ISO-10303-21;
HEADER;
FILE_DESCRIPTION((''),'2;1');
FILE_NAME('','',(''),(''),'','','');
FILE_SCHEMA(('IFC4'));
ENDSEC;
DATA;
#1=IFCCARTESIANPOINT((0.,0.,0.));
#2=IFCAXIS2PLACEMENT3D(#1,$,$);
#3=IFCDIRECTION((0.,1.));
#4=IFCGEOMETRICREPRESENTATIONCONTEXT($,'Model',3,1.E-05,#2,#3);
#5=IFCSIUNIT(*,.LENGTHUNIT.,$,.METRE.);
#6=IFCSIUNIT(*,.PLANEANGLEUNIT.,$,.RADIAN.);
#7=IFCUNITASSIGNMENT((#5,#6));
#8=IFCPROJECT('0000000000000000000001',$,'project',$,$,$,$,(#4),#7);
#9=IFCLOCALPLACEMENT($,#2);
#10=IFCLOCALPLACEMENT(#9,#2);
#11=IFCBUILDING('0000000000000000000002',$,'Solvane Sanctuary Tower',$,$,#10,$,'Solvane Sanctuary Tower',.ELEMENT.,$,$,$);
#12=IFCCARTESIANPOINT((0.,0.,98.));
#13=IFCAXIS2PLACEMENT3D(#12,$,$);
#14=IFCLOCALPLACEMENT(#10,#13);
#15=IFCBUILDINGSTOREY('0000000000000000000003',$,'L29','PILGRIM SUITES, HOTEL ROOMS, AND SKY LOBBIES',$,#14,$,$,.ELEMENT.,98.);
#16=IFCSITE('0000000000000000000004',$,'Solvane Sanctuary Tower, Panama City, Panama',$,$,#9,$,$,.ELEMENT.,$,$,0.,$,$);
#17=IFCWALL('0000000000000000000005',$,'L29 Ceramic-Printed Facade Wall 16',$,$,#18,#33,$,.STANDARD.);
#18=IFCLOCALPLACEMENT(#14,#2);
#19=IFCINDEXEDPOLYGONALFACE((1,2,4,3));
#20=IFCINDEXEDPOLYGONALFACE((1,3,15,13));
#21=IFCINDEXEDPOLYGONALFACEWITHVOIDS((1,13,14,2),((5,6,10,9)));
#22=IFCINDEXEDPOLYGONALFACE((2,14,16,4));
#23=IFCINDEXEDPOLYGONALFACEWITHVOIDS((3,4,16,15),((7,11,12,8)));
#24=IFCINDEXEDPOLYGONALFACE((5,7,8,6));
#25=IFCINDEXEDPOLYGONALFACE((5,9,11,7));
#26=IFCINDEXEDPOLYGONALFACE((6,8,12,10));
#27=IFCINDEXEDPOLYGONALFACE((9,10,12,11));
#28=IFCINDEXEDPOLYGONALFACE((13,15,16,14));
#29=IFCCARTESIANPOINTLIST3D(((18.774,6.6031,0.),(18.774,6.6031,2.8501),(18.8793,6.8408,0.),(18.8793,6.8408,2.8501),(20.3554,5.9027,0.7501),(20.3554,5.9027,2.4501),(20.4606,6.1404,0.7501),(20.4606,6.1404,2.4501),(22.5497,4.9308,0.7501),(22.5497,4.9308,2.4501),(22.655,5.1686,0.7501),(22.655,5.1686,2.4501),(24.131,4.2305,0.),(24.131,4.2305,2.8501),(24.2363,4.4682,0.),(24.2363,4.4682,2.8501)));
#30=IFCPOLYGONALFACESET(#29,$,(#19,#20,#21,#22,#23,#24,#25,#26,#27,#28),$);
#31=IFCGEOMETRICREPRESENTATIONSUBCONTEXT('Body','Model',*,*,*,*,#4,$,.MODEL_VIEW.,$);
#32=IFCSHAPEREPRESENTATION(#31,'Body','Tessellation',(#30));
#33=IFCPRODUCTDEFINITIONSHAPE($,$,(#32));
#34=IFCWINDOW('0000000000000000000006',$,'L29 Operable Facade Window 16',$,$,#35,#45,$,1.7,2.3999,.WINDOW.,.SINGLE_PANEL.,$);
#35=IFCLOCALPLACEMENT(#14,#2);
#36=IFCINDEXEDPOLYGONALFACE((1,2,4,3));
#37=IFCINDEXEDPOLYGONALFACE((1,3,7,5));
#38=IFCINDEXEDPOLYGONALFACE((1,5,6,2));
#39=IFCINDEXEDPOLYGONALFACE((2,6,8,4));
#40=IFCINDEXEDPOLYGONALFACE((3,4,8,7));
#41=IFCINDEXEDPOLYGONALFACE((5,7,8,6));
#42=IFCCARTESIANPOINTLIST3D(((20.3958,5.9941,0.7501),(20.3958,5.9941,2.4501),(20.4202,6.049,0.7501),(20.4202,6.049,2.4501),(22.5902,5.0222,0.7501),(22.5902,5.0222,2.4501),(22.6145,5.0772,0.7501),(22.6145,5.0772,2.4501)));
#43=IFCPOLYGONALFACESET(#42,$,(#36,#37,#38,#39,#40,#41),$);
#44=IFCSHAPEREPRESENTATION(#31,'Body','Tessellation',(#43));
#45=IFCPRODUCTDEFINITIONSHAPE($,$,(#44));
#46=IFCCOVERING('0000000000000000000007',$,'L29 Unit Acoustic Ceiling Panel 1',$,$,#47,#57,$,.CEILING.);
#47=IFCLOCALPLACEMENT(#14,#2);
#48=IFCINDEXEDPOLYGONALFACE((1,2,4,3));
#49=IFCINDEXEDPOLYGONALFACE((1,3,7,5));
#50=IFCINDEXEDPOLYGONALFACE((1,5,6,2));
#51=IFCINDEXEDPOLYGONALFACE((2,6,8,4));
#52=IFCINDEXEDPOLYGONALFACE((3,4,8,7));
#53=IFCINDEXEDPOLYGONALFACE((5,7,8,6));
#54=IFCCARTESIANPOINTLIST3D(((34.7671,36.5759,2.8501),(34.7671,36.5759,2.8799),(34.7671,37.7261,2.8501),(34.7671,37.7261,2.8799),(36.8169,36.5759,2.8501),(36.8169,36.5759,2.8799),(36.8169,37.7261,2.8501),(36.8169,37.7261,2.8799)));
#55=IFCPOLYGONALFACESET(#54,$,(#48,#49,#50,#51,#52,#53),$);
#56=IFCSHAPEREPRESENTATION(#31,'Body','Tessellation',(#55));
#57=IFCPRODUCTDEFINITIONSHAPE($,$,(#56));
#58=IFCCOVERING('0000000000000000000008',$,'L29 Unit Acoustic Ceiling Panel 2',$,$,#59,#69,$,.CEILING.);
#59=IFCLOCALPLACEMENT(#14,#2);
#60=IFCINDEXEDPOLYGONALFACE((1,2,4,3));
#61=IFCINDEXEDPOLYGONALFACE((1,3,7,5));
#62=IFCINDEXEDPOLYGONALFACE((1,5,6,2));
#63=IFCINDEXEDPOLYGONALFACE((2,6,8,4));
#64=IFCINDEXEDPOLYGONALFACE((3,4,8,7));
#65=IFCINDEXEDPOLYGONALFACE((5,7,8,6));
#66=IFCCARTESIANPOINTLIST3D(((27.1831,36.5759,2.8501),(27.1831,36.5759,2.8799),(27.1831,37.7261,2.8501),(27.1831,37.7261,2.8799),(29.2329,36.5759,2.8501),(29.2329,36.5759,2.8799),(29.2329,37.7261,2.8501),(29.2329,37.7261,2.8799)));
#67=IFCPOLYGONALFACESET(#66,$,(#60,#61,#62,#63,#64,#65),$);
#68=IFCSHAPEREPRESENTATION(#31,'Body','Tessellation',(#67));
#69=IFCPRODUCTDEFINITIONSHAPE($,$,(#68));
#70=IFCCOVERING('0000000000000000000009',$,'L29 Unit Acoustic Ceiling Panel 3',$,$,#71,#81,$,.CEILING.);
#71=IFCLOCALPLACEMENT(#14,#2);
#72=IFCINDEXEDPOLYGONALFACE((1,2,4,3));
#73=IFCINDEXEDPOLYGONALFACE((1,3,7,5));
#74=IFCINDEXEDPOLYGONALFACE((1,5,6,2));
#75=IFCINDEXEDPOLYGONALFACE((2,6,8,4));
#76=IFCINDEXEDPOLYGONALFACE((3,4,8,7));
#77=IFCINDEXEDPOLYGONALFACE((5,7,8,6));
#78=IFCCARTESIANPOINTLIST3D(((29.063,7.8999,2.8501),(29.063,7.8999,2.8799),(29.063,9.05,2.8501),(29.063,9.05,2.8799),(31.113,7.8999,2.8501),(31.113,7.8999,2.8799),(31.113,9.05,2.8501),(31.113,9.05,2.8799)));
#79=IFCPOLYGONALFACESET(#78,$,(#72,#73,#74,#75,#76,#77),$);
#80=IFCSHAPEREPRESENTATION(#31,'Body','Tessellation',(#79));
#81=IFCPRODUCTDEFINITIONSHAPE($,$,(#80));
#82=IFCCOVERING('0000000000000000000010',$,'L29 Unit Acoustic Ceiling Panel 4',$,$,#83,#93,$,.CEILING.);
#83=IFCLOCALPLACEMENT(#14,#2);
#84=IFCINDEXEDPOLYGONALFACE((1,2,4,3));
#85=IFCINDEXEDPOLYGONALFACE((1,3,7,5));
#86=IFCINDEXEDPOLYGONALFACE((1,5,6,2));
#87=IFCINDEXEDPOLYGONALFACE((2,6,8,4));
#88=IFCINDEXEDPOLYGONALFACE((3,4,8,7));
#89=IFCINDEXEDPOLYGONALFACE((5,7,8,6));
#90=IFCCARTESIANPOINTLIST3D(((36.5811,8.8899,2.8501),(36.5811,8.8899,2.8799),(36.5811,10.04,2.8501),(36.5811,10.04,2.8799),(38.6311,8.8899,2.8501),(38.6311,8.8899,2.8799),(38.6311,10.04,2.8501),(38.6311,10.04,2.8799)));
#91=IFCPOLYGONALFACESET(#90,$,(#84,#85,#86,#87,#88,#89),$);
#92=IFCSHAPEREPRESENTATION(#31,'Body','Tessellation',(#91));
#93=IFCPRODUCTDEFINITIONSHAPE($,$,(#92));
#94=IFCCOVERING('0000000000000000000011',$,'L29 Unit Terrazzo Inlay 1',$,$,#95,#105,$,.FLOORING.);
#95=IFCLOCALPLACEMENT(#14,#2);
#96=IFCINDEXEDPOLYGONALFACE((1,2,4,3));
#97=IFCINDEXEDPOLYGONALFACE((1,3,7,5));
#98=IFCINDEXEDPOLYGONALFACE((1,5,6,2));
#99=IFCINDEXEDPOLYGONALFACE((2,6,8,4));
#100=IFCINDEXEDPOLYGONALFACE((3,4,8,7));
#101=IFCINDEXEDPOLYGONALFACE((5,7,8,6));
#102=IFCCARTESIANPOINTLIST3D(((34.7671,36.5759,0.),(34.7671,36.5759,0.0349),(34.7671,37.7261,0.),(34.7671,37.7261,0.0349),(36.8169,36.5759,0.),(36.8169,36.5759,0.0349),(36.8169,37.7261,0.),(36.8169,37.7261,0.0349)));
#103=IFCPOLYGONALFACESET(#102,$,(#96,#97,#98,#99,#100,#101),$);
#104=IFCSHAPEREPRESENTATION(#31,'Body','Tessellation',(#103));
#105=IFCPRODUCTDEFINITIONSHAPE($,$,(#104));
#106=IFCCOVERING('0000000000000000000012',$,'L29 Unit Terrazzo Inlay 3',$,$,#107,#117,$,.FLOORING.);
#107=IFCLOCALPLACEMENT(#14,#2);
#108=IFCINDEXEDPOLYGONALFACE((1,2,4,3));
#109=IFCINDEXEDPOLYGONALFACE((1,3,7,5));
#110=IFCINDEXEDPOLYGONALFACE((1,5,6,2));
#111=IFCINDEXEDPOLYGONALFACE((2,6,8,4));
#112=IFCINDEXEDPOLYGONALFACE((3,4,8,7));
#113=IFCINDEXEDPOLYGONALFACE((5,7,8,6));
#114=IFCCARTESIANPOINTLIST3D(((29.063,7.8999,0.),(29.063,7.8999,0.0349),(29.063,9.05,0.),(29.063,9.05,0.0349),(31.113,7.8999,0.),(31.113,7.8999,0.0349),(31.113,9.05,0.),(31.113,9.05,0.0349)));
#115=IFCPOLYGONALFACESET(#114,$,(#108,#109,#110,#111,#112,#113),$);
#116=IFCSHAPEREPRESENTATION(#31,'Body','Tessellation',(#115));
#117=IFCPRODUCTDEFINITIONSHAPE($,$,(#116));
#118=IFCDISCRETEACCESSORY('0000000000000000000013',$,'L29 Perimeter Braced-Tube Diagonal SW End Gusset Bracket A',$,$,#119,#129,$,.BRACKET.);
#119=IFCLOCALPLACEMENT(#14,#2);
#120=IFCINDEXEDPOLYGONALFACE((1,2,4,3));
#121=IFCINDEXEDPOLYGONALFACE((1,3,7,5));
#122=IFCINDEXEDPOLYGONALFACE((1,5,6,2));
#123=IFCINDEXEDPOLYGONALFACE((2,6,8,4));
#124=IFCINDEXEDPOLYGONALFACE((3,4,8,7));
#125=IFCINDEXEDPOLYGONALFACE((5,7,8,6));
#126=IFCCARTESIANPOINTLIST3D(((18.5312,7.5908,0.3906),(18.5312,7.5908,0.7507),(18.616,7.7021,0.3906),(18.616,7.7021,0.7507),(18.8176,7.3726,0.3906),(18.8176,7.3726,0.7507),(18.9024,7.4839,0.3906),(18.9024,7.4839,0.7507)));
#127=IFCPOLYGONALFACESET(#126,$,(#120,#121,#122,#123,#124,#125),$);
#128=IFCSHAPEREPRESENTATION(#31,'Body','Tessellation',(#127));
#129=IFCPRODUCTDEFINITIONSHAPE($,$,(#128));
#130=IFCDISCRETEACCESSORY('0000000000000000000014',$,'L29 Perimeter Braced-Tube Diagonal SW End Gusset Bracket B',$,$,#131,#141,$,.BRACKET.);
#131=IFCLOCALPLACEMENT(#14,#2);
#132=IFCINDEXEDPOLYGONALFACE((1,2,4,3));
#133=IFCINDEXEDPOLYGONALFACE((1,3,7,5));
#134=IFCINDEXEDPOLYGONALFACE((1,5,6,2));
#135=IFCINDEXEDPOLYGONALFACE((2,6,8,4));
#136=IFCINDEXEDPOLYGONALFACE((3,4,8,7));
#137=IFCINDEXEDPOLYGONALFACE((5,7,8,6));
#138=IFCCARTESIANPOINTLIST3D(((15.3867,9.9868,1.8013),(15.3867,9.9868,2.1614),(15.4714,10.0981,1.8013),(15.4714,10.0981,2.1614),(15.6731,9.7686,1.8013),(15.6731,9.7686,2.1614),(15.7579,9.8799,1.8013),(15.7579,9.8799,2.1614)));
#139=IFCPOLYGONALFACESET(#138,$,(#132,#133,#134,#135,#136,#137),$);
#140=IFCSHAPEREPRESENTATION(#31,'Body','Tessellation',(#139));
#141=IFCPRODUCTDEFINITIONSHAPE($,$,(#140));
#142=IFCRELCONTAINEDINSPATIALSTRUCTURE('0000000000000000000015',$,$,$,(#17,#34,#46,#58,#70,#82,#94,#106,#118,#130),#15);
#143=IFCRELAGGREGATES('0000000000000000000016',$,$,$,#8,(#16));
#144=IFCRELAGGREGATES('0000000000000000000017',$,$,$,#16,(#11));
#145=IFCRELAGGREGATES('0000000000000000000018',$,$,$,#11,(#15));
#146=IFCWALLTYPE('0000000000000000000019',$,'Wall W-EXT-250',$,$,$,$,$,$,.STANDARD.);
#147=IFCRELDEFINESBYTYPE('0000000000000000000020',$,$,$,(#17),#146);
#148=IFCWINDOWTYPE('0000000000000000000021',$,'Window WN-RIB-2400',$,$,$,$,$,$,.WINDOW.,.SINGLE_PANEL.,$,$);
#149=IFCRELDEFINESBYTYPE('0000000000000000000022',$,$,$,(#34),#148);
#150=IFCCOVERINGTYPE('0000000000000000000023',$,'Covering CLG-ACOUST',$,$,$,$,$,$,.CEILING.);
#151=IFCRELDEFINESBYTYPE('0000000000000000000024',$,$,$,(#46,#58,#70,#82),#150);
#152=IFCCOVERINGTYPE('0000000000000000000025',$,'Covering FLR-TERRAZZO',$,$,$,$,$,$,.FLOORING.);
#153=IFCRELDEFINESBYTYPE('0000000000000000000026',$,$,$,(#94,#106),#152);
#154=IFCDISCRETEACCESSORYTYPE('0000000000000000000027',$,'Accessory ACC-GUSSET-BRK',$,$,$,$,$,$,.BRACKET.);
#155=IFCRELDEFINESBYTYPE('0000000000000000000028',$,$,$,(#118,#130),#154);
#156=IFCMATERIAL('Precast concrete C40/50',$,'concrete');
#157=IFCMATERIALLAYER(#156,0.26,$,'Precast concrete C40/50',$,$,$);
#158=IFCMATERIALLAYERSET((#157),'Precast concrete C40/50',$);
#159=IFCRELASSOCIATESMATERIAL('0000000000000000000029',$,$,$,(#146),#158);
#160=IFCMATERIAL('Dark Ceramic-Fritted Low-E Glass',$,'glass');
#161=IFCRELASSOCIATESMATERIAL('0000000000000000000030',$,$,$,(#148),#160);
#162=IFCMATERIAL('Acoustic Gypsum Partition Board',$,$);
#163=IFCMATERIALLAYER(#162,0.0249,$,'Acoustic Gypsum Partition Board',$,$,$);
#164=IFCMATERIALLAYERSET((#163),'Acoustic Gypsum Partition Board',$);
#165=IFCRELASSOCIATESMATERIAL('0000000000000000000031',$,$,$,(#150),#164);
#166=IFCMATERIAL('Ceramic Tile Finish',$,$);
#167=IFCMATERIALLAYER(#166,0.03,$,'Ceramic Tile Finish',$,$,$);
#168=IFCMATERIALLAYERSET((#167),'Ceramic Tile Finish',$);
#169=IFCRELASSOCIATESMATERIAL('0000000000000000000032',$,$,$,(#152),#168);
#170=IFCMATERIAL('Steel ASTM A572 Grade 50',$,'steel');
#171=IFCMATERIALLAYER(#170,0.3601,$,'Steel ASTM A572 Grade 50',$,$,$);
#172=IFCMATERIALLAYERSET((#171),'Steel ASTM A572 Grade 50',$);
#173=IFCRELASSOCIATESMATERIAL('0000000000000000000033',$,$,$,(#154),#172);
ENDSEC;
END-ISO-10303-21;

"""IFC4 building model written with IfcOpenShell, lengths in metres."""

from ifc_helpers import new_model, si_unit, direction, frame, frame_2d, origin, origin_2d, place, context, subcontext, project, spatial, polyline, rectangle, outline, extrude, material, layer, layer_set, type_object, element, fill, save


model = new_model("IFC4")

# Units and contexts
model_context = context("Model", 3, precision=1e-05, world=origin(), true_north=direction((0.0, 1.0)))
body_context = subcontext(model_context, "Body", "Model", "MODEL_VIEW")
ifc_project = project(units=[si_unit("LENGTHUNIT", "METRE"), si_unit("PLANEANGLEUNIT", "RADIAN")], contexts=[model_context])

# Site, building, storey
site_placement = place(None, origin())
site = spatial("IfcSite", under=ifc_project, at=site_placement, Name="Solvane Sanctuary Tower, Panama City, Panama", CompositionType="ELEMENT", RefElevation=0.0)
building_placement = place(site_placement, origin())
building = spatial("IfcBuilding", under=site, at=building_placement, Name="Solvane Sanctuary Tower", LongName="Solvane Sanctuary Tower", CompositionType="ELEMENT")
storey_placement = place(building_placement, frame((0.0, 0.0, 98.0)))
storey = spatial("IfcBuildingStorey", under=building, at=storey_placement, Name="L29", Description="PILGRIM SUITES, HOTEL ROOMS, AND SKY LOBBIES", CompositionType="ELEMENT", Elevation=98.0)

# Shared definitions
ifc_material_1 = material(Name="Precast concrete C40/50", Category="concrete")

# Shared definitions
ifc_layer_1 = layer(ifc_material_1, 0.26, Name="Precast concrete C40/50")
ifc_layer_set_1 = layer_set([ifc_layer_1], Name="Precast concrete C40/50")
wall_type = type_object("IfcWallType", Name="Wall W-EXT-250", PredefinedType="STANDARD", material=ifc_layer_set_1)

# Wall, opening, window
wall_1_placement = place(storey_placement, frame((18.8267, 6.7219, 0.0), z_axis=(0.0, 0.0, 1.0), x_axis=(0.914337, -0.404955, 0.0)))
wall_1 = element("IfcWall", 1, at=wall_1_placement, inside=storey, type_object=wall_type, Name="L29 Ceramic-Printed Facade Wall 16", PredefinedType="STANDARD", context=body_context, shape_type="SweptSolid", body=[
    extrude(rectangle(XDim=5.8589, YDim=0.26, at=frame_2d((2.9294, 0.0))), origin(), (0.0, 0.0, 1.0), 2.8501),
])
opening_placement = place(wall_1_placement, frame((1.7295, 0.0, 0.75)))
opening = element("IfcOpeningElement", 2, at=opening_placement, cuts=wall_1, PredefinedType="OPENING", context=body_context, shape_type="SweptSolid", body=[
    extrude(rectangle(XDim=2.3999, YDim=1.7, at=frame_2d((1.2, 0.8501))), frame((0.0, 0.1399, 0.0), z_axis=(0.0, -1.0, 0.0), x_axis=(1.0, 0.0, 0.0)), (0.0, 0.0, 1.0), 0.28),
])
ifc_material_2 = material(Name="Dark Ceramic-Fritted Low-E Glass", Category="glass")
window_type = type_object("IfcWindowType", Name="Window WN-RIB-2400", PartitioningType="SINGLE_PANEL", PredefinedType="WINDOW", material=ifc_material_2)
window_placement = place(opening_placement, origin())
window = element("IfcWindow", 3, at=window_placement, inside=storey, type_object=window_type, Name="L29 Operable Facade Window 16", OverallHeight=1.7, OverallWidth=2.3999, PartitioningType="SINGLE_PANEL", PredefinedType="WINDOW", context=body_context, shape_type="SweptSolid", body=[
    extrude(rectangle(XDim=2.3999, YDim=1.7, at=frame_2d((1.2, 0.8501))), frame((0.0, 0.03, 0.0), z_axis=(0.0, -1.0, 0.0), x_axis=(1.0, 0.0, 0.0)), (0.0, 0.0, 1.0), 0.0601),
])
fill(opening, window)

# Coverings
ifc_material_3 = material(Name="Acoustic Gypsum Partition Board")
ifc_layer_2 = layer(ifc_material_3, 0.0249, Name="Acoustic Gypsum Partition Board")
ifc_layer_set_2 = layer_set([ifc_layer_2], Name="Acoustic Gypsum Partition Board")
covering_type_1 = type_object("IfcCoveringType", Name="Covering CLG-ACOUST", PredefinedType="CEILING", material=ifc_layer_set_2)
covering_1_placement = place(storey_placement, frame((0.0, 0.0, 2.8501)))
element("IfcCovering", 4, at=covering_1_placement, inside=storey, type_object=covering_type_1, Name="L29 Unit Acoustic Ceiling Panel 1", PredefinedType="CEILING", context=body_context, shape_type="SweptSolid", body=[
    extrude(outline(polyline([(34.7671, 36.5759), (36.8169, 36.5759), (36.8169, 37.7261), (34.7671, 37.7261), (34.7671, 36.5759)])), origin(), (0.0, 0.0, 1.0), 0.0298),
])
covering_2_placement = place(storey_placement, frame((0.0, 0.0, 2.8501)))
element("IfcCovering", 5, at=covering_2_placement, inside=storey, type_object=covering_type_1, Name="L29 Unit Acoustic Ceiling Panel 2", PredefinedType="CEILING", context=body_context, shape_type="SweptSolid", body=[
    extrude(outline(polyline([(27.1831, 36.5759), (29.2329, 36.5759), (29.2329, 37.7261), (27.1831, 37.7261), (27.1831, 36.5759)])), origin(), (0.0, 0.0, 1.0), 0.0298),
])
covering_3_placement = place(storey_placement, frame((0.0, 0.0, 2.8501)))
element("IfcCovering", 6, at=covering_3_placement, inside=storey, type_object=covering_type_1, Name="L29 Unit Acoustic Ceiling Panel 3", PredefinedType="CEILING", context=body_context, shape_type="SweptSolid", body=[
    extrude(outline(polyline([(29.063, 7.8999), (31.113, 7.8999), (31.113, 9.05), (29.063, 9.05), (29.063, 7.8999)])), origin(), (0.0, 0.0, 1.0), 0.0298),
])
covering_4_placement = place(storey_placement, frame((0.0, 0.0, 2.8501)))
element("IfcCovering", 7, at=covering_4_placement, inside=storey, type_object=covering_type_1, Name="L29 Unit Acoustic Ceiling Panel 4", PredefinedType="CEILING", context=body_context, shape_type="SweptSolid", body=[
    extrude(outline(polyline([(36.5811, 8.8899), (38.6311, 8.8899), (38.6311, 10.04), (36.5811, 10.04), (36.5811, 8.8899)])), origin(), (0.0, 0.0, 1.0), 0.0298),
])
ifc_material_4 = material(Name="Ceramic Tile Finish")
ifc_layer_3 = layer(ifc_material_4, 0.03, Name="Ceramic Tile Finish")
ifc_layer_set_3 = layer_set([ifc_layer_3], Name="Ceramic Tile Finish")
covering_type_2 = type_object("IfcCoveringType", Name="Covering FLR-TERRAZZO", PredefinedType="FLOORING", material=ifc_layer_set_3)
covering_5_placement = place(storey_placement, origin())
element("IfcCovering", 8, at=covering_5_placement, inside=storey, type_object=covering_type_2, Name="L29 Unit Terrazzo Inlay 1", PredefinedType="FLOORING", context=body_context, shape_type="SweptSolid", body=[
    extrude(outline(polyline([(34.7671, 36.5759), (36.8169, 36.5759), (36.8169, 37.7261), (34.7671, 37.7261), (34.7671, 36.5759)])), origin(), (0.0, 0.0, 1.0), 0.0349),
])
covering_6_placement = place(storey_placement, origin())
element("IfcCovering", 9, at=covering_6_placement, inside=storey, type_object=covering_type_2, Name="L29 Unit Terrazzo Inlay 3", PredefinedType="FLOORING", context=body_context, shape_type="SweptSolid", body=[
    extrude(outline(polyline([(29.063, 7.8999), (31.113, 7.8999), (31.113, 9.05), (29.063, 9.05), (29.063, 7.8999)])), origin(), (0.0, 0.0, 1.0), 0.0349),
])

# Discrete accessories
ifc_material_5 = material(Name="Steel ASTM A572 Grade 50", Category="steel")
ifc_layer_4 = layer(ifc_material_5, 0.3601, Name="Steel ASTM A572 Grade 50")
ifc_layer_set_4 = layer_set([ifc_layer_4], Name="Steel ASTM A572 Grade 50")
discrete_accessory_type = type_object("IfcDiscreteAccessoryType", Name="Accessory ACC-GUSSET-BRK", PredefinedType="BRACKET", material=ifc_layer_set_4)
for number, where, z_axis, x_axis, name in (
    (10, (18.7168, 7.5374, 0.3906), (0.0, 0.0, 1.0), (-0.795473, 0.605988, 0.0), "L29 Perimeter Braced-Tube Diagonal SW End Gusset Bracket A"),
    (11, (15.5723, 9.9333, 1.8013), (0.0, 0.0, 1.0), (-0.795473, 0.605988, 0.0), "L29 Perimeter Braced-Tube Diagonal SW End Gusset Bracket B"),
):
    element("IfcDiscreteAccessory", number, at=place(storey_placement, frame(where, z_axis=z_axis, x_axis=x_axis)), inside=storey, type_object=discrete_accessory_type, Name=name, PredefinedType="BRACKET", context=body_context, shape_type="SweptSolid", body=[
        extrude(rectangle(XDim=0.3601, YDim=0.1399, at=origin_2d()), origin(), (0.0, 0.0, 1.0), 0.3601),
    ])

save(model, "model.ifc")
